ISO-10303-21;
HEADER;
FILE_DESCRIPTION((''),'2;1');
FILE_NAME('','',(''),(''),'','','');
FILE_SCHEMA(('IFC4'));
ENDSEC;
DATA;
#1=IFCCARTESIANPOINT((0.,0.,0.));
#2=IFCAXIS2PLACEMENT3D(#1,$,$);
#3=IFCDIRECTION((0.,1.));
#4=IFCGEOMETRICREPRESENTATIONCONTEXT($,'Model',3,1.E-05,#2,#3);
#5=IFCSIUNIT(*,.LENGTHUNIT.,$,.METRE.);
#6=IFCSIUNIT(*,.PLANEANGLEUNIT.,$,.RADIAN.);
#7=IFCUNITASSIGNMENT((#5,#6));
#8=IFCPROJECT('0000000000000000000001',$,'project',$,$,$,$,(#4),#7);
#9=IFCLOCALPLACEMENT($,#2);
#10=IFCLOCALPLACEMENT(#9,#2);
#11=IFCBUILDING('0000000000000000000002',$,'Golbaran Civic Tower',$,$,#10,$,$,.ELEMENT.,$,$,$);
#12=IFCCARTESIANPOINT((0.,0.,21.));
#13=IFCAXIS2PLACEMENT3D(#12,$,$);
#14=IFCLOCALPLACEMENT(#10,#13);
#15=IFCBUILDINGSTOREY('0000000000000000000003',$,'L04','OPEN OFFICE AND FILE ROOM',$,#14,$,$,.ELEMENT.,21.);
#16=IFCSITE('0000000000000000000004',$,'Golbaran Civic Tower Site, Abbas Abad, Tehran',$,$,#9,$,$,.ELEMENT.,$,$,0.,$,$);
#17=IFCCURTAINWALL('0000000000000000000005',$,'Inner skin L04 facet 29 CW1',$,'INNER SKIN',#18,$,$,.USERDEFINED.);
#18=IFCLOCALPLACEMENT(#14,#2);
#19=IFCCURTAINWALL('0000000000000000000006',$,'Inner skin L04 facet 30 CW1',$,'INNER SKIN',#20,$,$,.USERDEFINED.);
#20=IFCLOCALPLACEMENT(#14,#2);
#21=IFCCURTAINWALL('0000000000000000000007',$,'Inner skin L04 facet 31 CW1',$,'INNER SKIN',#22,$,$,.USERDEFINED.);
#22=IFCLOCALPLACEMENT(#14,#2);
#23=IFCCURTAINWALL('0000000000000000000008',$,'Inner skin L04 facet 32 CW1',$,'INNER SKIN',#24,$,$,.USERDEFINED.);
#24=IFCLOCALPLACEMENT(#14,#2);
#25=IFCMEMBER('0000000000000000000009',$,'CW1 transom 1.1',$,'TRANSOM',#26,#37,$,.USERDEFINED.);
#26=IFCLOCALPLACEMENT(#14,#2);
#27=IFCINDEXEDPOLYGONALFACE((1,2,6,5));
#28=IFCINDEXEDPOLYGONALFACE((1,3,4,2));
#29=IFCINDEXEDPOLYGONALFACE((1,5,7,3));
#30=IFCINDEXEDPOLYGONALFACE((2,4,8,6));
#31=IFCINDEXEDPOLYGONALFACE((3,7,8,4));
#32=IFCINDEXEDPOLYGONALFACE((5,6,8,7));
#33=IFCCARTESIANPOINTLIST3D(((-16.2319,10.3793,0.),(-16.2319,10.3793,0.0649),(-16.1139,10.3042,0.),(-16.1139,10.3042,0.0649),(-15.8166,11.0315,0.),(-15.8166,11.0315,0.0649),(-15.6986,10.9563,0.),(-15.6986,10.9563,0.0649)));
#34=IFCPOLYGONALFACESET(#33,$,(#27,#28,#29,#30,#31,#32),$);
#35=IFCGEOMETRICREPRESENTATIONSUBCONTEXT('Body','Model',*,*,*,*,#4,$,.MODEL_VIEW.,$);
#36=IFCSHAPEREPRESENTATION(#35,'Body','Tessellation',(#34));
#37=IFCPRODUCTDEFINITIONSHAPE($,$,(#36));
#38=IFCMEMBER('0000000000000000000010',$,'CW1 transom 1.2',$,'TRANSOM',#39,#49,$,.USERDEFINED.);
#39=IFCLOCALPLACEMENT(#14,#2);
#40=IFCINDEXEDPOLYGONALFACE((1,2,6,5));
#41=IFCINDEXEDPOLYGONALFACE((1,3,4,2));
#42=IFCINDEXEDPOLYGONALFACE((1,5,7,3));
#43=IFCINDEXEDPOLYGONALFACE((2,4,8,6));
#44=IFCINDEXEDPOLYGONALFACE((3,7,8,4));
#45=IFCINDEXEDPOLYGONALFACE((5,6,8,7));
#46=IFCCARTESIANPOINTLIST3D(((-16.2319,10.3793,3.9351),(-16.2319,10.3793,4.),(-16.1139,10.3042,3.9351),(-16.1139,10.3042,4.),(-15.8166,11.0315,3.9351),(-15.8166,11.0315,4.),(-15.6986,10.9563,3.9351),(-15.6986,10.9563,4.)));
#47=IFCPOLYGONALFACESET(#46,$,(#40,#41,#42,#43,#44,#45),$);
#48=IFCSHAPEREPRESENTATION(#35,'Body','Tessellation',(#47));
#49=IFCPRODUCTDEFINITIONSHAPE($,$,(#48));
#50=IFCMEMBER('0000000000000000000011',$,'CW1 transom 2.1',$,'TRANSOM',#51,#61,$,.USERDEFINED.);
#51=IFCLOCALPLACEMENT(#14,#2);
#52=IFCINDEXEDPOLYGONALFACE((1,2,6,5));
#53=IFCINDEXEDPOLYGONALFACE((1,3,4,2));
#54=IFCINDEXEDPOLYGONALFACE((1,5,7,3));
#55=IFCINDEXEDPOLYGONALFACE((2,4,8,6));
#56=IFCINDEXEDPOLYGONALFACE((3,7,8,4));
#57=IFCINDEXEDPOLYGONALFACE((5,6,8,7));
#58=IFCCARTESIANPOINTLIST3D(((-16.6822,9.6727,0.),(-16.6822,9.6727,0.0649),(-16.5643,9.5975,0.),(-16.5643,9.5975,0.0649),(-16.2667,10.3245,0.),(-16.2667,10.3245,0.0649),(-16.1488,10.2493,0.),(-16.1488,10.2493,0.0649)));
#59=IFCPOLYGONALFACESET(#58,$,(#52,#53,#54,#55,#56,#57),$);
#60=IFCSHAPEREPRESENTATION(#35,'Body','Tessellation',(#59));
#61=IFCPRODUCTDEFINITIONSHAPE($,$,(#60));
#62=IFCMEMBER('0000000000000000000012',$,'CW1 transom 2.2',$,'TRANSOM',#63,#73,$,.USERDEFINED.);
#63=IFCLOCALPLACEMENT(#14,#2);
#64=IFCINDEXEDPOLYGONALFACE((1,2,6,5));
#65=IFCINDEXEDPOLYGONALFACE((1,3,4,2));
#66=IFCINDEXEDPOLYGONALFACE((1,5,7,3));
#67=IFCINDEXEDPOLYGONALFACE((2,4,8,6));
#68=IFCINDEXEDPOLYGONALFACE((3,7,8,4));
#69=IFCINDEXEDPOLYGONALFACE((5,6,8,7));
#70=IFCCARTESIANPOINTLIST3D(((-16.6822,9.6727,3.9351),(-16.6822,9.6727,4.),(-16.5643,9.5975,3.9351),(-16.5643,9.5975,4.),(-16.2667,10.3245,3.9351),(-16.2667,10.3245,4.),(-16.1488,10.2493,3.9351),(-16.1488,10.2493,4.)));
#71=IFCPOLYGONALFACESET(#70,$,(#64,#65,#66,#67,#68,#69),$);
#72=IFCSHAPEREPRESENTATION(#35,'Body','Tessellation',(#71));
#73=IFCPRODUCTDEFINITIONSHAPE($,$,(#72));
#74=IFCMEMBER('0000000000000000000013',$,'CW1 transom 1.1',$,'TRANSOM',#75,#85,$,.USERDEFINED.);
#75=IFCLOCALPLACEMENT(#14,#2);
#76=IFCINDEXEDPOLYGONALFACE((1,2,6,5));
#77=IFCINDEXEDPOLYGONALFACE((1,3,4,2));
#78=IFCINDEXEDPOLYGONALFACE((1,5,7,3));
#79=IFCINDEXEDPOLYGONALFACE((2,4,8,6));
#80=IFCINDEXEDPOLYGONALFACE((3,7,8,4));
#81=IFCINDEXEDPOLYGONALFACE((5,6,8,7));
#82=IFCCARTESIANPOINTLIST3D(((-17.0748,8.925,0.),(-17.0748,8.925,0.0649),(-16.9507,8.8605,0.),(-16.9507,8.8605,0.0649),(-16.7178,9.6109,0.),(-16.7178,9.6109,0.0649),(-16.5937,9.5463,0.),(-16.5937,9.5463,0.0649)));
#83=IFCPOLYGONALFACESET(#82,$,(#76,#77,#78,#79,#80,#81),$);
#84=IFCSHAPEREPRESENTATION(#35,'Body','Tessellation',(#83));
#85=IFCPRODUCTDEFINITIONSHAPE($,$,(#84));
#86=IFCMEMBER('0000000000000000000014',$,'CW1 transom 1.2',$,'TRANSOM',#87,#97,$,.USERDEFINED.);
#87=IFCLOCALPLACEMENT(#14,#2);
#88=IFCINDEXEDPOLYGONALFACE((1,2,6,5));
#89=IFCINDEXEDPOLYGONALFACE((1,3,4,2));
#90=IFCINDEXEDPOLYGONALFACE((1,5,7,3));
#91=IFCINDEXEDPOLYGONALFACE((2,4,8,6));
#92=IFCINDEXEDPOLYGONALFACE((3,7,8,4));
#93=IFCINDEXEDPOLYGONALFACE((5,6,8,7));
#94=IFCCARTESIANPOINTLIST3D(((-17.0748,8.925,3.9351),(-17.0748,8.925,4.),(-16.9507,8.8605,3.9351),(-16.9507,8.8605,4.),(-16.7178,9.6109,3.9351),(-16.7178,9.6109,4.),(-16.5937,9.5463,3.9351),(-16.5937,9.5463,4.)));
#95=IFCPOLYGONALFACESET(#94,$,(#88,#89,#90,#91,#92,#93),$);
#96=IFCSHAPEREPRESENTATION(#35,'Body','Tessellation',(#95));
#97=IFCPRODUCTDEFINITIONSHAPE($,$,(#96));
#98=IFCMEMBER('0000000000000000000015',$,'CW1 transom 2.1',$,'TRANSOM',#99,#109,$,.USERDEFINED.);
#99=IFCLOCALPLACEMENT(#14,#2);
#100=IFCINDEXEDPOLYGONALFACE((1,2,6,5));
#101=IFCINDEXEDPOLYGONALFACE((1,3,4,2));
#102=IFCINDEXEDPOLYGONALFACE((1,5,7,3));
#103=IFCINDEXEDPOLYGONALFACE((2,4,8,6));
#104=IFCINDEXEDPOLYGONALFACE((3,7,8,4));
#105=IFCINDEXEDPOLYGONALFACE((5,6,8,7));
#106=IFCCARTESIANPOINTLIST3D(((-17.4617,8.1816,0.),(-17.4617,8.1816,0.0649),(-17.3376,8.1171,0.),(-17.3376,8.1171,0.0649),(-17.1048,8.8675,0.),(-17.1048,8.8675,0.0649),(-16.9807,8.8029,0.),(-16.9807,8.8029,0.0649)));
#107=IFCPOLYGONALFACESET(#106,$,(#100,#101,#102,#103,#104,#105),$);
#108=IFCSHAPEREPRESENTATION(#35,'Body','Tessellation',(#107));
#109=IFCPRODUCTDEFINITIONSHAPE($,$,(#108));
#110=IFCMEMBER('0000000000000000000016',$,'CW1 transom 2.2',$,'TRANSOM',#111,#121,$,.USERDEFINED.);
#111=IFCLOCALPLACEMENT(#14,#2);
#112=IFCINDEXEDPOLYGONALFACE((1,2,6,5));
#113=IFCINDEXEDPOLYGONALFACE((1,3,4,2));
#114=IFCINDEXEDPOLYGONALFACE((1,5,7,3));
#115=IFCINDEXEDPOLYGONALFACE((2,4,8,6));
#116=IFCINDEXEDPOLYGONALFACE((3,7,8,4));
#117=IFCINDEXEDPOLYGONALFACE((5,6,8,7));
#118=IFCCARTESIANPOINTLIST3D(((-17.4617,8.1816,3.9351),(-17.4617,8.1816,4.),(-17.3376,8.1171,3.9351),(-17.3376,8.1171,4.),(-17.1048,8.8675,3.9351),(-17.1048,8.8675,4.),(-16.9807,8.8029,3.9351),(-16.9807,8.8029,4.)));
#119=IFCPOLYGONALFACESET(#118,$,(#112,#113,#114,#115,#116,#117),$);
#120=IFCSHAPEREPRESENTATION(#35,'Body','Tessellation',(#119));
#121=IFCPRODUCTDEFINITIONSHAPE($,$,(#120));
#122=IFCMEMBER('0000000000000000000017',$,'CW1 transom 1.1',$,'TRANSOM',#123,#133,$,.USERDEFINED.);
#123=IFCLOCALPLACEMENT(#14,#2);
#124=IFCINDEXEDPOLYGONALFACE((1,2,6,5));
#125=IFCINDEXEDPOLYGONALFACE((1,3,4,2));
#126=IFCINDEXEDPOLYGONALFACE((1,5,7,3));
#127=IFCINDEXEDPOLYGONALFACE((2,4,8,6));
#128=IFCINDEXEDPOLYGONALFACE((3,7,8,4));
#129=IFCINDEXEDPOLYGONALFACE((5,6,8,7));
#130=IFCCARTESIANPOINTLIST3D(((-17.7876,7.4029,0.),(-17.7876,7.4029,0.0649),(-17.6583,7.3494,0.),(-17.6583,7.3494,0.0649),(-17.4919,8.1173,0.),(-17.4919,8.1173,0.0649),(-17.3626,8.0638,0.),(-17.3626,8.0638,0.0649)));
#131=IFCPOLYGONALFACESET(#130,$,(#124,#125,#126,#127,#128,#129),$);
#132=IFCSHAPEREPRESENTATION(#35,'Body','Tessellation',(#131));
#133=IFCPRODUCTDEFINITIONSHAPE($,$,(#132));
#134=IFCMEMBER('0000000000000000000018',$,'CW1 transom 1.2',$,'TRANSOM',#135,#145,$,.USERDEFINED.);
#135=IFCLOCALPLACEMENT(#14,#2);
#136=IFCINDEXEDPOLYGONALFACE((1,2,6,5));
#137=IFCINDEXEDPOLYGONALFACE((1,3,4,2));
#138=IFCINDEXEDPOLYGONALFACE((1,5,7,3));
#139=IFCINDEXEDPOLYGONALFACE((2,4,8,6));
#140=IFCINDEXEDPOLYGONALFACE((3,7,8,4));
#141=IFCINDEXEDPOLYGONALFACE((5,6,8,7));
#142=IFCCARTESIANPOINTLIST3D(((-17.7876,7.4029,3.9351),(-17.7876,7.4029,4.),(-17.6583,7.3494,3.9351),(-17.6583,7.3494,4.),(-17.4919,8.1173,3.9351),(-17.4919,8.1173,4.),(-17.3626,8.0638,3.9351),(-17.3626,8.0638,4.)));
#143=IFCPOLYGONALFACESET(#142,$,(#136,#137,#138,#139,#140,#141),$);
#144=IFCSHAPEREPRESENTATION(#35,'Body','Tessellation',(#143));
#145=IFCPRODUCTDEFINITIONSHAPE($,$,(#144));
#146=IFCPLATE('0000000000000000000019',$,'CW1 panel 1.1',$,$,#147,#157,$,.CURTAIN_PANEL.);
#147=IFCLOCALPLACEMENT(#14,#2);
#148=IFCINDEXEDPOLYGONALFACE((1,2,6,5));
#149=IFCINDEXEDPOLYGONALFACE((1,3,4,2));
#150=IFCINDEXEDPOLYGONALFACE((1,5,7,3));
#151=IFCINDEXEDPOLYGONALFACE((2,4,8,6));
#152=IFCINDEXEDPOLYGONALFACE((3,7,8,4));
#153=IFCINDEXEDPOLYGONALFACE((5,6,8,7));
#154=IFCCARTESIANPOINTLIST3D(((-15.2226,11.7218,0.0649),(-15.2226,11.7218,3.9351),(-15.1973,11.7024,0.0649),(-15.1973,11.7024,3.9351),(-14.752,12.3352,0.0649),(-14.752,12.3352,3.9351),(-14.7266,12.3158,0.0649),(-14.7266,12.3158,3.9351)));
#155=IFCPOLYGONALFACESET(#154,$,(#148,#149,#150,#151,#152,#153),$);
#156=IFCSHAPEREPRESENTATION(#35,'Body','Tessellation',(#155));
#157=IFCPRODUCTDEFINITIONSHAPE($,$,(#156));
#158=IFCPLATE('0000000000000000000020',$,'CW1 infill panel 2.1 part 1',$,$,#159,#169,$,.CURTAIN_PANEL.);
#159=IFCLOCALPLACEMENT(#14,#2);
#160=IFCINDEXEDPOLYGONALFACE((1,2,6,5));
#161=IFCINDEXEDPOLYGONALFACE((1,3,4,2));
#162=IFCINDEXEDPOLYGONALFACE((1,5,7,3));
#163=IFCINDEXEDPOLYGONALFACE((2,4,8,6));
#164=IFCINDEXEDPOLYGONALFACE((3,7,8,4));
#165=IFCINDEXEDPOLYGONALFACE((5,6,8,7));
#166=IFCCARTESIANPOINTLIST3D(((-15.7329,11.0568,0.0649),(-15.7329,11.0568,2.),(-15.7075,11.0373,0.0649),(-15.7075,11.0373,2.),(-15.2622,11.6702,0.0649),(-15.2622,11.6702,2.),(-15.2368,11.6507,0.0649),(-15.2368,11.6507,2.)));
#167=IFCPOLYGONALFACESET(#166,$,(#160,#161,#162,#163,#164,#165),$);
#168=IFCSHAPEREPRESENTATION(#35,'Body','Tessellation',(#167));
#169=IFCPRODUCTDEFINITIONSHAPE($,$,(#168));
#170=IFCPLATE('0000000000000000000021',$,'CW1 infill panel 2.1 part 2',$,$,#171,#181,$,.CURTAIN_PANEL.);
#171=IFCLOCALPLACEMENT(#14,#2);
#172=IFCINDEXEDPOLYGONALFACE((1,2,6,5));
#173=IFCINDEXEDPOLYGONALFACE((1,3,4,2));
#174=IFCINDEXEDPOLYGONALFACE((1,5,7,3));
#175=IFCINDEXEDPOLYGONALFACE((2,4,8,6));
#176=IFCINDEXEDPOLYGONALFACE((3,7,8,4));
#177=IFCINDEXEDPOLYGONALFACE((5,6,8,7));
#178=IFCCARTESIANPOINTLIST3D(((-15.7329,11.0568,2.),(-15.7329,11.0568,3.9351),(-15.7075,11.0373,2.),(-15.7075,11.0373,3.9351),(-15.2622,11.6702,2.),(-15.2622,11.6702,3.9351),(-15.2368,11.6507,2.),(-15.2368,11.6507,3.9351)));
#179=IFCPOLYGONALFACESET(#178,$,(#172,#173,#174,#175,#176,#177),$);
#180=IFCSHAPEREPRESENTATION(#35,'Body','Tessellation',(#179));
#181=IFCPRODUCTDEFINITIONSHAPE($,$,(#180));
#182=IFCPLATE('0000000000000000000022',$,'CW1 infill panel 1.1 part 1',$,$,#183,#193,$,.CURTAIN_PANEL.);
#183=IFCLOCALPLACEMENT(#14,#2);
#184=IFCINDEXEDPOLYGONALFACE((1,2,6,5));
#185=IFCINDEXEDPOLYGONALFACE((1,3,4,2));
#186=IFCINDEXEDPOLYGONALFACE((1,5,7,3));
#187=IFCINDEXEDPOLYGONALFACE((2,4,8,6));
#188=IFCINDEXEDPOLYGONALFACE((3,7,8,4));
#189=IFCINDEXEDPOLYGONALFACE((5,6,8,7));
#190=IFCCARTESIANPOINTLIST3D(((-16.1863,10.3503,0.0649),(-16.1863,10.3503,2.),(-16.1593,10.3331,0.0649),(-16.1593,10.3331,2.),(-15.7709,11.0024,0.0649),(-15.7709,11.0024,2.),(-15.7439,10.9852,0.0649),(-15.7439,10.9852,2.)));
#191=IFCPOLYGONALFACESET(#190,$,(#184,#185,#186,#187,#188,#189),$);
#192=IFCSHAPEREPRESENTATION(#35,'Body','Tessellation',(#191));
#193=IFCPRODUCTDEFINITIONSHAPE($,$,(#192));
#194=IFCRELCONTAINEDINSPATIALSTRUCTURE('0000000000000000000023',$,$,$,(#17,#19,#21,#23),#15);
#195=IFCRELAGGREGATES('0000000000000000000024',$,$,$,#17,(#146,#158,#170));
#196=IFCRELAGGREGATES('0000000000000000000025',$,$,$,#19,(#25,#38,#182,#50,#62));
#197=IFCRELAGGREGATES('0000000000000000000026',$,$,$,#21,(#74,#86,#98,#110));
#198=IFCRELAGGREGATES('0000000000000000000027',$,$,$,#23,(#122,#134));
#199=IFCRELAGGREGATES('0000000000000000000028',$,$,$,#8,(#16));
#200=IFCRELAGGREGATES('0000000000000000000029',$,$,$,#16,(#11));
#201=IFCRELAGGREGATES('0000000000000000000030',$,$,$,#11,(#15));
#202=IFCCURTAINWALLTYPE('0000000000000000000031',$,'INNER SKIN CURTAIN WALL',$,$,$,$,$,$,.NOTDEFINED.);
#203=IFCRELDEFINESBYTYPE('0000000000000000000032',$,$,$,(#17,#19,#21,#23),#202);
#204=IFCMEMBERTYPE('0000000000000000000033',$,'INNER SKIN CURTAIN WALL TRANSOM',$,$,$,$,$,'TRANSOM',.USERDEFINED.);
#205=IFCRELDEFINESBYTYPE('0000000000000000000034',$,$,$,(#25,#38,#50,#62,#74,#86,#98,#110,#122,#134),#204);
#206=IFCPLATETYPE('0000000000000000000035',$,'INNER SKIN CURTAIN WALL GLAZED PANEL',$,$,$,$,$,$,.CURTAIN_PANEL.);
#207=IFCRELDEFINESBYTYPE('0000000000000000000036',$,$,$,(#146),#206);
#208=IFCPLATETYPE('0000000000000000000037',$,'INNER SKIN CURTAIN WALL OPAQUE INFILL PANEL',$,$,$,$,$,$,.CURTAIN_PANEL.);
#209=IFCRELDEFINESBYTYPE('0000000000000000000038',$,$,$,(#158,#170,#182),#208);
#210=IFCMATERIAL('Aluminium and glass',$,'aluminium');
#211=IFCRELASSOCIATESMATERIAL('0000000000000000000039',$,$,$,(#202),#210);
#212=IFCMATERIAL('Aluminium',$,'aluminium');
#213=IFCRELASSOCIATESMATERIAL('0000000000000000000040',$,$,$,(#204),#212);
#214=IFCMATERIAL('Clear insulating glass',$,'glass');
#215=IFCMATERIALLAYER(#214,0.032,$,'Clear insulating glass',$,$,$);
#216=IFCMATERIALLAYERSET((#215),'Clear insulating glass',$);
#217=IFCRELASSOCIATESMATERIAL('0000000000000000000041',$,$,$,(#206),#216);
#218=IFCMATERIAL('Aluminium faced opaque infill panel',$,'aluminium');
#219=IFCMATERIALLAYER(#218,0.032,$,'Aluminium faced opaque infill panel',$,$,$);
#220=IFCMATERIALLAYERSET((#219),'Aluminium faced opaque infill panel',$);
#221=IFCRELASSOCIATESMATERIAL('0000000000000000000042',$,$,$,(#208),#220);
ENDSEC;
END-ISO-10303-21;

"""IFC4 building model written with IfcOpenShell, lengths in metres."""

from ifc_helpers import new_model, si_unit, direction, frame, origin, origin_2d, place, context, subcontext, project, spatial, rectangle, extrude, material, layer, layer_set, material_profile, profile_set, type_object, element, aggregate, save


model = new_model("IFC4")

# Units and contexts
model_context = context("Model", 3, precision=1e-05, world=origin(), true_north=direction((0.0, 1.0)))
body_context = subcontext(model_context, "Body", "Model", "MODEL_VIEW")
ifc_project = project(units=[si_unit("LENGTHUNIT", "METRE"), si_unit("PLANEANGLEUNIT", "RADIAN")], contexts=[model_context])

# Site, building, storey
site_placement = place(None, origin())
site = spatial("IfcSite", under=ifc_project, at=site_placement, Name="Golbaran Civic Tower Site, Abbas Abad, Tehran", CompositionType="ELEMENT", RefElevation=0.0)
building_placement = place(site_placement, origin())
building = spatial("IfcBuilding", under=site, at=building_placement, Name="Golbaran Civic Tower", CompositionType="ELEMENT")
storey_placement = place(building_placement, frame((0.0, 0.0, 21.0)))
storey = spatial("IfcBuildingStorey", under=building, at=storey_placement, Name="L04", Description="OPEN OFFICE AND FILE ROOM", CompositionType="ELEMENT", Elevation=21.0)

# Curtain walls
ifc_material_1 = material(Name="Aluminium and glass", Category="aluminium")
curtain_wall_type = type_object("IfcCurtainWallType", Name="INNER SKIN CURTAIN WALL", PredefinedType="NOTDEFINED", material=ifc_material_1)
curtain_wall_1_placement = place(storey_placement, origin())
curtain_wall_1 = element("IfcCurtainWall", 1, at=curtain_wall_1_placement, inside=storey, type_object=curtain_wall_type, Name="Inner skin L04 facet 29 CW1", ObjectType="INNER SKIN", PredefinedType="USERDEFINED")
ifc_material_2 = material(Name="Aluminium", Category="aluminium")
curtain_wall_2_placement = place(storey_placement, origin())
curtain_wall_2 = element("IfcCurtainWall", 2, at=curtain_wall_2_placement, inside=storey, type_object=curtain_wall_type, Name="Inner skin L04 facet 30 CW1", ObjectType="INNER SKIN", PredefinedType="USERDEFINED")
curtain_wall_3_placement = place(storey_placement, origin())
curtain_wall_3 = element("IfcCurtainWall", 3, at=curtain_wall_3_placement, inside=storey, type_object=curtain_wall_type, Name="Inner skin L04 facet 31 CW1", ObjectType="INNER SKIN", PredefinedType="USERDEFINED")

# Curtain wall
curtain_wall_4_placement = place(storey_placement, origin())
curtain_wall_4 = element("IfcCurtainWall", 4, at=curtain_wall_4_placement, inside=storey, type_object=curtain_wall_type, Name="Inner skin L04 facet 32 CW1", ObjectType="INNER SKIN", PredefinedType="USERDEFINED")

# Members
ifc_material_profile_1 = material_profile(ifc_material_2, rectangle(XDim=0.1399, YDim=0.0649, at=origin_2d()), Name="INNER SKIN CURTAIN WALL TRANSOM")
ifc_profile_set_1 = profile_set([ifc_material_profile_1], Name="Aluminium")
member_type_1 = type_object("IfcMemberType", Name="INNER SKIN CURTAIN WALL TRANSOM", ElementType="TRANSOM", PredefinedType="USERDEFINED", material=ifc_profile_set_1)
member_1_placement = place(storey_placement, frame((-15.7576, 10.9939, 0.0325), z_axis=(-0.537162, -0.843479, 0.0), x_axis=(0.843479, -0.537162, 0.0)))
member_1 = element("IfcMember", 5, at=member_1_placement, type_object=member_type_1, Name="CW1 transom 1.1", ObjectType="TRANSOM", PredefinedType="USERDEFINED", context=body_context, shape_type="SweptSolid", body=[
    extrude(rectangle(XDim=0.1399, YDim=0.0649, at=origin_2d()), origin(), (0.0, 0.0, 1.0), 0.7732),
])
member_2_placement = place(storey_placement, frame((-15.7576, 10.9939, 3.9675), z_axis=(-0.537162, -0.843479, 0.0), x_axis=(0.843479, -0.537162, 0.0)))
member_2 = element("IfcMember", 6, at=member_2_placement, type_object=member_type_1, Name="CW1 transom 1.2", ObjectType="TRANSOM", PredefinedType="USERDEFINED", context=body_context, shape_type="SweptSolid", body=[
    extrude(rectangle(XDim=0.1399, YDim=0.0649, at=origin_2d()), origin(), (0.0, 0.0, 1.0), 0.7732),
])
member_3_placement = place(storey_placement, frame((-16.2078, 10.2869, 0.0325), z_axis=(-0.537529, -0.843245, 0.0), x_axis=(0.843245, -0.537529, 0.0)))
member_3 = element("IfcMember", 7, at=member_3_placement, type_object=member_type_1, Name="CW1 transom 2.1", ObjectType="TRANSOM", PredefinedType="USERDEFINED", context=body_context, shape_type="SweptSolid", body=[
    extrude(rectangle(XDim=0.1399, YDim=0.0649, at=origin_2d()), origin(), (0.0, 0.0, 1.0), 0.7729),
])
member_4_placement = place(storey_placement, frame((-16.2078, 10.2869, 3.9675), z_axis=(-0.537529, -0.843245, 0.0), x_axis=(0.843245, -0.537529, 0.0)))
member_4 = element("IfcMember", 8, at=member_4_placement, type_object=member_type_1, Name="CW1 transom 2.2", ObjectType="TRANSOM", PredefinedType="USERDEFINED", context=body_context, shape_type="SweptSolid", body=[
    extrude(rectangle(XDim=0.1399, YDim=0.0649, at=origin_2d()), origin(), (0.0, 0.0, 1.0), 0.7729),
])
member_5_placement = place(storey_placement, frame((-16.6558, 9.5786, 0.0325), z_axis=(-0.461681, -0.887046, 0.0), x_axis=(0.887046, -0.461681, 0.0)))
member_5 = element("IfcMember", 9, at=member_5_placement, type_object=member_type_1, Name="CW1 transom 1.1", ObjectType="TRANSOM", PredefinedType="USERDEFINED", context=body_context, shape_type="SweptSolid", body=[
    extrude(rectangle(XDim=0.1399, YDim=0.0649, at=origin_2d()), origin(), (0.0, 0.0, 1.0), 0.7732),
])
member_6_placement = place(storey_placement, frame((-16.6558, 9.5786, 3.9675), z_axis=(-0.461681, -0.887046, 0.0), x_axis=(0.887046, -0.461681, 0.0)))
member_6 = element("IfcMember", 10, at=member_6_placement, type_object=member_type_1, Name="CW1 transom 1.2", ObjectType="TRANSOM", PredefinedType="USERDEFINED", context=body_context, shape_type="SweptSolid", body=[
    extrude(rectangle(XDim=0.1399, YDim=0.0649, at=origin_2d()), origin(), (0.0, 0.0, 1.0), 0.7732),
])
member_7_placement = place(storey_placement, frame((-17.0427, 8.8352, 0.0325), z_axis=(-0.461681, -0.887046, 0.0), x_axis=(0.887046, -0.461681, 0.0)))
member_7 = element("IfcMember", 11, at=member_7_placement, type_object=member_type_1, Name="CW1 transom 2.1", ObjectType="TRANSOM", PredefinedType="USERDEFINED", context=body_context, shape_type="SweptSolid", body=[
    extrude(rectangle(XDim=0.1399, YDim=0.0649, at=origin_2d()), origin(), (0.0, 0.0, 1.0), 0.7732),
])
member_8_placement = place(storey_placement, frame((-17.0427, 8.8352, 3.9675), z_axis=(-0.461681, -0.887046, 0.0), x_axis=(0.887046, -0.461681, 0.0)))
member_8 = element("IfcMember", 12, at=member_8_placement, type_object=member_type_1, Name="CW1 transom 2.2", ObjectType="TRANSOM", PredefinedType="USERDEFINED", context=body_context, shape_type="SweptSolid", body=[
    extrude(rectangle(XDim=0.1399, YDim=0.0649, at=origin_2d()), origin(), (0.0, 0.0, 1.0), 0.7732),
])
member_9_placement = place(storey_placement, frame((-17.4272, 8.0906, 0.0325), z_axis=(-0.382417, -0.92399, 0.0), x_axis=(0.92399, -0.382417, 0.0)))
member_9 = element("IfcMember", 13, at=member_9_placement, type_object=member_type_1, Name="CW1 transom 1.1", ObjectType="TRANSOM", PredefinedType="USERDEFINED", context=body_context, shape_type="SweptSolid", body=[
    extrude(rectangle(XDim=0.1399, YDim=0.0649, at=origin_2d()), origin(), (0.0, 0.0, 1.0), 0.7732),
])
member_10_placement = place(storey_placement, frame((-17.4272, 8.0906, 3.9675), z_axis=(-0.382417, -0.92399, 0.0), x_axis=(0.92399, -0.382417, 0.0)))
member_10 = element("IfcMember", 14, at=member_10_placement, type_object=member_type_1, Name="CW1 transom 1.2", ObjectType="TRANSOM", PredefinedType="USERDEFINED", context=body_context, shape_type="SweptSolid", body=[
    extrude(rectangle(XDim=0.1399, YDim=0.0649, at=origin_2d()), origin(), (0.0, 0.0, 1.0), 0.7732),
])

# Plates
ifc_material_3 = material(Name="Clear insulating glass", Category="glass")
ifc_layer_1 = layer(ifc_material_3, 0.032, Name="Clear insulating glass")
ifc_layer_set_1 = layer_set([ifc_layer_1], Name="Clear insulating glass")
plate_type_1 = type_object("IfcPlateType", Name="INNER SKIN CURTAIN WALL GLAZED PANEL", PredefinedType="CURTAIN_PANEL", material=ifc_layer_set_1)
plate_1_placement = place(storey_placement, frame((-14.9746, 12.0188, 0.0649), z_axis=(0.0, 0.0, 1.0), x_axis=(-0.608761, -0.793353, 0.0)))
plate_1 = element("IfcPlate", 15, at=plate_1_placement, type_object=plate_type_1, Name="CW1 panel 1.1", PredefinedType="CURTAIN_PANEL", context=body_context, shape_type="SweptSolid", body=[
    extrude(rectangle(XDim=0.7732, YDim=0.032, at=origin_2d()), origin(), (0.0, 0.0, 1.0), 3.8701),
])
ifc_material_4 = material(Name="Aluminium faced opaque infill panel", Category="aluminium")
ifc_layer_2 = layer(ifc_material_4, 0.032, Name="Aluminium faced opaque infill panel")
ifc_layer_set_2 = layer_set([ifc_layer_2], Name="Aluminium faced opaque infill panel")
plate_type_2 = type_object("IfcPlateType", Name="INNER SKIN CURTAIN WALL OPAQUE INFILL PANEL", PredefinedType="CURTAIN_PANEL", material=ifc_layer_set_2)
plate_2_placement = place(storey_placement, frame((-15.4849, 11.3538, 0.0649), z_axis=(0.0, 0.0, 1.0), x_axis=(-0.608761, -0.793353, 0.0)))
plate_2 = element("IfcPlate", 16, at=plate_2_placement, type_object=plate_type_2, Name="CW1 infill panel 2.1 part 1", PredefinedType="CURTAIN_PANEL", context=body_context, shape_type="SweptSolid", body=[
    extrude(rectangle(XDim=0.7732, YDim=0.032, at=origin_2d()), origin(), (0.0, 0.0, 1.0), 1.9351),
])
plate_3_placement = place(storey_placement, frame((-15.4849, 11.3538, 2.0), z_axis=(0.0, 0.0, 1.0), x_axis=(-0.608761, -0.793353, 0.0)))
plate_3 = element("IfcPlate", 17, at=plate_3_placement, type_object=plate_type_2, Name="CW1 infill panel 2.1 part 2", PredefinedType="CURTAIN_PANEL", context=body_context, shape_type="SweptSolid", body=[
    extrude(rectangle(XDim=0.7732, YDim=0.032, at=origin_2d()), origin(), (0.0, 0.0, 1.0), 1.9351),
])
aggregate(curtain_wall_1, [plate_1, plate_2, plate_3])
plate_4_placement = place(storey_placement, frame((-15.9651, 10.6677, 0.0649), z_axis=(0.0, 0.0, 1.0), x_axis=(-0.5373, -0.843391, 0.0)))
plate_4 = element("IfcPlate", 18, at=plate_4_placement, type_object=plate_type_2, Name="CW1 infill panel 1.1 part 1", PredefinedType="CURTAIN_PANEL", context=body_context, shape_type="SweptSolid", body=[
    extrude(rectangle(XDim=0.7732, YDim=0.032, at=origin_2d()), origin(), (0.0, 0.0, 1.0), 1.9351),
])
aggregate(curtain_wall_2, [member_1, member_2, plate_4, member_3, member_4])
aggregate(curtain_wall_3, [member_5, member_6, member_7, member_8])
aggregate(curtain_wall_4, [member_9, member_10])

save(model, "model.ifc")
